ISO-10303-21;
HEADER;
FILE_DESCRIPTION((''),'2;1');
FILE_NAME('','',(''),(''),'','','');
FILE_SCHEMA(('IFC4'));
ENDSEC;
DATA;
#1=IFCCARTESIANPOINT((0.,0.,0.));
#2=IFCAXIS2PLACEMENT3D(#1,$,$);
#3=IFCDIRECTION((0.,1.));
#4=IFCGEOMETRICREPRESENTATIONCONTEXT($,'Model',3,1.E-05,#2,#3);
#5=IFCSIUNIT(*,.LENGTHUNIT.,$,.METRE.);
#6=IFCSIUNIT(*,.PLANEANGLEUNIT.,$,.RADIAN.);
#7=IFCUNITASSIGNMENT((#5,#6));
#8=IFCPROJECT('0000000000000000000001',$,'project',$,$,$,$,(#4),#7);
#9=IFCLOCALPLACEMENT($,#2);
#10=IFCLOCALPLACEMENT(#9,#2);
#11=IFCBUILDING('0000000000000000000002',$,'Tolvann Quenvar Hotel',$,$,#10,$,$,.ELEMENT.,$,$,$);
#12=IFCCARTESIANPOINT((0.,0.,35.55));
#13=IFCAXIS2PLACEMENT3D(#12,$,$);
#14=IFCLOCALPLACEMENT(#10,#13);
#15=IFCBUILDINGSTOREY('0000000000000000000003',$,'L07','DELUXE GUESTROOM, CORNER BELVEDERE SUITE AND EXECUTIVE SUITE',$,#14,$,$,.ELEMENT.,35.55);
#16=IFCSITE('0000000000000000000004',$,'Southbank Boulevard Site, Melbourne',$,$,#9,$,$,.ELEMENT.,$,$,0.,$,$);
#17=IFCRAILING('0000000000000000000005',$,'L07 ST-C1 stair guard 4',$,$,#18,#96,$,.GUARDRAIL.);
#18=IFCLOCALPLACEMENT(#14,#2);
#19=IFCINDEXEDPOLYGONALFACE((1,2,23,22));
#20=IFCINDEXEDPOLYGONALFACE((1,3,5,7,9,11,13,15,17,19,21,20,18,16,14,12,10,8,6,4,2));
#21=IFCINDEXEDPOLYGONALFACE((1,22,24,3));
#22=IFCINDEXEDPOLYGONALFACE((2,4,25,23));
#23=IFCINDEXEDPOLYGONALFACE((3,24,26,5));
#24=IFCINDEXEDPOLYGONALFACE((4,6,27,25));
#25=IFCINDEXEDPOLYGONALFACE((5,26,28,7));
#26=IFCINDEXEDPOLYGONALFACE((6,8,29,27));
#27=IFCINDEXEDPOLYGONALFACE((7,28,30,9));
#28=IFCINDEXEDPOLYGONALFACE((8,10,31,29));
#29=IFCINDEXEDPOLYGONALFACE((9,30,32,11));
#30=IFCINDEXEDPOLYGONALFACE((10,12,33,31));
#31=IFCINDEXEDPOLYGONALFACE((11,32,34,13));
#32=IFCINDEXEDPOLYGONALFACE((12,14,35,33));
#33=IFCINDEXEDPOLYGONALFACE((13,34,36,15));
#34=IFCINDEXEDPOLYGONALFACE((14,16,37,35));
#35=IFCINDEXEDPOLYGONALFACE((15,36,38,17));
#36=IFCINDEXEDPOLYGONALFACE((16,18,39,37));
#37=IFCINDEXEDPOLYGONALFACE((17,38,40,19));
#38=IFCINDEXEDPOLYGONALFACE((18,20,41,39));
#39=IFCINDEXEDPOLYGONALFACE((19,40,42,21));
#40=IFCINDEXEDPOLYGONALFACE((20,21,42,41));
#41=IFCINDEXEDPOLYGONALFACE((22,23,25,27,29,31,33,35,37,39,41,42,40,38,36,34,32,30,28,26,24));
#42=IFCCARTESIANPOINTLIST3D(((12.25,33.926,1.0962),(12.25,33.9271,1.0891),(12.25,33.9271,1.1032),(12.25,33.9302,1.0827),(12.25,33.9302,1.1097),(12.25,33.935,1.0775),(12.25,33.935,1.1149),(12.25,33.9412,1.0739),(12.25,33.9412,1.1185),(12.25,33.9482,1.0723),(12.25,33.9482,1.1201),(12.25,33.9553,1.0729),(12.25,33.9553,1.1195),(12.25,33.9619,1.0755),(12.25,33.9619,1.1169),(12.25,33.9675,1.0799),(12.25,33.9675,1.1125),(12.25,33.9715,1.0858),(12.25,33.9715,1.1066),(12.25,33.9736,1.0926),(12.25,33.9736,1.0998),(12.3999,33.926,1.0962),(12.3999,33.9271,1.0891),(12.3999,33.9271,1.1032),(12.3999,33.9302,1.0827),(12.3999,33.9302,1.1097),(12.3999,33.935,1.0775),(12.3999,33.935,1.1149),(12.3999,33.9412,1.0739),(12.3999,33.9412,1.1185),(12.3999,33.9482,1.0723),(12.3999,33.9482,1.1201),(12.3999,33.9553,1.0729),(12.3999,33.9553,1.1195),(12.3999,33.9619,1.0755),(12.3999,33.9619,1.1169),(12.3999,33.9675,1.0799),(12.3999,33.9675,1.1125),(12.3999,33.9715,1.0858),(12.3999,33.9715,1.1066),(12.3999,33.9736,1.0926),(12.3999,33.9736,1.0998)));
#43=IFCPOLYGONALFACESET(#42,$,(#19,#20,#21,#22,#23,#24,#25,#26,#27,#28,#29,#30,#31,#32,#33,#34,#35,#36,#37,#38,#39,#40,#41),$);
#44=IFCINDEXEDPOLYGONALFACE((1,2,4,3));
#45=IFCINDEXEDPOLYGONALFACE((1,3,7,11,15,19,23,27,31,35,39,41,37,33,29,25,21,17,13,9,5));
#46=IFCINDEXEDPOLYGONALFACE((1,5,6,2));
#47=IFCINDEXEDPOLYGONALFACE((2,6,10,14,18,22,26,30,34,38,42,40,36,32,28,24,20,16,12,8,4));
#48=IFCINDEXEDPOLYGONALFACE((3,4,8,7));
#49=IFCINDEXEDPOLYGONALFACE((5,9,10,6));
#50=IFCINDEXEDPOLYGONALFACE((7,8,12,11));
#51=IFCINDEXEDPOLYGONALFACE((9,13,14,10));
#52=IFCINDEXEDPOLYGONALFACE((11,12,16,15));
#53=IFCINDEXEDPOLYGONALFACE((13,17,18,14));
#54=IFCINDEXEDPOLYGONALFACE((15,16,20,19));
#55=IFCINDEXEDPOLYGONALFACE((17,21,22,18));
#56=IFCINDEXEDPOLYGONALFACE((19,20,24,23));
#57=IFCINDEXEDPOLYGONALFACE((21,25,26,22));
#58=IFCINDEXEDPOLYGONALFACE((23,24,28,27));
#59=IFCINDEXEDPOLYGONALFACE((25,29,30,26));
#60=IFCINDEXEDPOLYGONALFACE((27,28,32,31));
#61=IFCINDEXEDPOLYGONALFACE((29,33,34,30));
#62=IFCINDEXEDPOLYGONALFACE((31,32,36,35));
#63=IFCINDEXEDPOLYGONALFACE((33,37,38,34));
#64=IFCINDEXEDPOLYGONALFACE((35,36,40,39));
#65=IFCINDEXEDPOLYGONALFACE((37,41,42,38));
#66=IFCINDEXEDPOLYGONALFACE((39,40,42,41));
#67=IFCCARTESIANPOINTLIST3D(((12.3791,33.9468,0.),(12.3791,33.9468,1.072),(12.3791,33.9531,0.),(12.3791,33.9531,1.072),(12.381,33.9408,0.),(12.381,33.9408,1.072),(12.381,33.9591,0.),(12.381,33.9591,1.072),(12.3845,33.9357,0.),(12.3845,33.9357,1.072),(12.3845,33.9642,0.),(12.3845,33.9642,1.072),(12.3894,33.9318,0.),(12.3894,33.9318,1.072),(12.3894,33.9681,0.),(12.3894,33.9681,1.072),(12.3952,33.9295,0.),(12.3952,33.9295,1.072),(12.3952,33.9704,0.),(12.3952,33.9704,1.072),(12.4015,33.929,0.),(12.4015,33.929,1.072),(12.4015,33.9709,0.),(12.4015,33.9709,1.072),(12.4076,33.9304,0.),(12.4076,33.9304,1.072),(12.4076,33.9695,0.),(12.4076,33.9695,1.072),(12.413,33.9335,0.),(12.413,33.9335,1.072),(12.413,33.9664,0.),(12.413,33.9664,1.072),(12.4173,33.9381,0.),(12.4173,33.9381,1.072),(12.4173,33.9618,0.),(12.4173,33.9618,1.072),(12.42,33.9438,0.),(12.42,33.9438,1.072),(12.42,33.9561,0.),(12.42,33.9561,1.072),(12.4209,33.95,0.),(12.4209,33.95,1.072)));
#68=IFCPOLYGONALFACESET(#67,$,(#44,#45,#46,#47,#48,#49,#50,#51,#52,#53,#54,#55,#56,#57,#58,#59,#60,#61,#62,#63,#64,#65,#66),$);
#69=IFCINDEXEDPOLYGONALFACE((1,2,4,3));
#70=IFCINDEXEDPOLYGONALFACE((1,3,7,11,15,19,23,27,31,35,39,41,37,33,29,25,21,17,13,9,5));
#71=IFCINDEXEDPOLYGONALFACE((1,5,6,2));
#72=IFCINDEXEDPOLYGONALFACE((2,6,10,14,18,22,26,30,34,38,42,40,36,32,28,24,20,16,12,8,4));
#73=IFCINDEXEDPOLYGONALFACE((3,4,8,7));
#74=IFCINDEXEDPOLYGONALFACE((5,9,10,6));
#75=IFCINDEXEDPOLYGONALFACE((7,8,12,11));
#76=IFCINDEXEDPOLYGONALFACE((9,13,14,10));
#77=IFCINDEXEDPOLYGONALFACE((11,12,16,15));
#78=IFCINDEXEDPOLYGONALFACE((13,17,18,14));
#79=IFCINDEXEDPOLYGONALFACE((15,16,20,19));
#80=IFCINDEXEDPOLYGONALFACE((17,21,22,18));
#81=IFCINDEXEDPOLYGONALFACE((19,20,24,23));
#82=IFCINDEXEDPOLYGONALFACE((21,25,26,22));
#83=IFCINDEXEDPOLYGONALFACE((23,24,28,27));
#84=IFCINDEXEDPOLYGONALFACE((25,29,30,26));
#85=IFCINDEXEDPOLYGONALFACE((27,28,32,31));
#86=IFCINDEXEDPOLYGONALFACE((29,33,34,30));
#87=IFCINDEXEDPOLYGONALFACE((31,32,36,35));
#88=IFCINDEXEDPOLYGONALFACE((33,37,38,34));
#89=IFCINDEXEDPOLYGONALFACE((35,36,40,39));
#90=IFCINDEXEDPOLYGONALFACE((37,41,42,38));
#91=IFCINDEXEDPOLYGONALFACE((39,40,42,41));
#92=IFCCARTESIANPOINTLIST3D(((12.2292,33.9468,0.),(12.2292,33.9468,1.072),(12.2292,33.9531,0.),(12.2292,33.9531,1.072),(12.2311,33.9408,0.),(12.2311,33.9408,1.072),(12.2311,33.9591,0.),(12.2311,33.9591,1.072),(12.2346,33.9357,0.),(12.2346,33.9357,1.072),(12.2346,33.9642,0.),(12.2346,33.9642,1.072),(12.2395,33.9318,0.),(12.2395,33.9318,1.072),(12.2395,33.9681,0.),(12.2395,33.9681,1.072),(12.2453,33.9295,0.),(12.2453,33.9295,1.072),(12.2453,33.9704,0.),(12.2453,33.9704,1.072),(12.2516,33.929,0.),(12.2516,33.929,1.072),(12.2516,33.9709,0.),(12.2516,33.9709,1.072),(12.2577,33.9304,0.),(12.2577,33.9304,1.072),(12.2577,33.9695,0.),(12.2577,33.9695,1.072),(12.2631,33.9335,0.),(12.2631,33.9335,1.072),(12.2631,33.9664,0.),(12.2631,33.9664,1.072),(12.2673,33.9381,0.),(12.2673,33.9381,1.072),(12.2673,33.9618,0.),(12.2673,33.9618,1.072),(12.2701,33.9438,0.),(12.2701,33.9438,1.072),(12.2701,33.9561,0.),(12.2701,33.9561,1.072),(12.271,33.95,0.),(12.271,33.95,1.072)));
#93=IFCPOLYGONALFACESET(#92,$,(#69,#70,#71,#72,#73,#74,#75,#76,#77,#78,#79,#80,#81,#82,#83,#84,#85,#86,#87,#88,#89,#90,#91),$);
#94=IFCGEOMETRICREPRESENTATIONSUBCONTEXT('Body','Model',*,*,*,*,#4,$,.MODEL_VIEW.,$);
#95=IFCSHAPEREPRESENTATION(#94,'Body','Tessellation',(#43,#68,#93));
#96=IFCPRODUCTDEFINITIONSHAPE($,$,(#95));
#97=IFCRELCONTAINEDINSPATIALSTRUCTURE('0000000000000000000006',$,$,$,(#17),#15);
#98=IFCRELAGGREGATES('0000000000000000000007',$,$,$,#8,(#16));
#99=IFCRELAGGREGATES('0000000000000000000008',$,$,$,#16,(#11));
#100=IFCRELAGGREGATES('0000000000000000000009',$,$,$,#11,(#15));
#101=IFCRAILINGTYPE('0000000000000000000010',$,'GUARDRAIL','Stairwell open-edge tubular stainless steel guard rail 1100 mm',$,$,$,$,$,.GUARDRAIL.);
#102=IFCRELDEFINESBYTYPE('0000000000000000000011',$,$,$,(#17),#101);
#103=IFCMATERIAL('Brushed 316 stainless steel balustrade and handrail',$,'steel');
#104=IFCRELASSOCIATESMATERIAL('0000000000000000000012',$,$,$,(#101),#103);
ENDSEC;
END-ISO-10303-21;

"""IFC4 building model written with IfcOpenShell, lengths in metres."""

from ifc_helpers import new_model, si_unit, direction, frame, origin, origin_2d, place, context, subcontext, project, spatial, circle, extrude, material, type_object, element, save


model = new_model("IFC4")

# Units and contexts
model_context = context("Model", 3, precision=1e-05, world=origin(), true_north=direction((0.0, 1.0)))
body_context = subcontext(model_context, "Body", "Model", "MODEL_VIEW")
ifc_project = project(units=[si_unit("LENGTHUNIT", "METRE"), si_unit("PLANEANGLEUNIT", "RADIAN")], contexts=[model_context])

# Site, building, storey
site_placement = place(None, origin())
site = spatial("IfcSite", under=ifc_project, at=site_placement, Name="Southbank Boulevard Site, Melbourne", CompositionType="ELEMENT", RefElevation=0.0)
building_placement = place(site_placement, origin())
building = spatial("IfcBuilding", under=site, at=building_placement, Name="Tolvann Quenvar Hotel", CompositionType="ELEMENT")
storey_placement = place(building_placement, frame((0.0, 0.0, 35.55)))
storey = spatial("IfcBuildingStorey", under=building, at=storey_placement, Name="L07", Description="DELUXE GUESTROOM, CORNER BELVEDERE SUITE AND EXECUTIVE SUITE", CompositionType="ELEMENT", Elevation=35.55)

# Railing
ifc_material_1 = material(Name="Brushed 316 stainless steel balustrade and handrail", Category="steel")
railing_type_1 = type_object("IfcRailingType", Name="GUARDRAIL", Description="Stairwell open-edge tubular stainless steel guard rail 1100 mm", PredefinedType="GUARDRAIL", material=ifc_material_1)
railing_1_placement = place(storey_placement, frame((12.3999, 33.95, 0.0)))
element("IfcRailing", 1, at=railing_1_placement, inside=storey, type_object=railing_type_1, Name="L07 ST-C1 stair guard 4", PredefinedType="GUARDRAIL", context=body_context, shape_type="SweptSolid", body=[
    extrude(circle(Radius=0.0239, at=origin_2d()), frame((0.0, 0.0, 1.0962), z_axis=(-1.0, 0.0, 0.0), x_axis=(0.0, -1.0, 0.0)), (0.0, 0.0, 1.0), 0.1499),
    extrude(circle(Radius=0.021, at=origin_2d()), origin(), (0.0, 0.0, 1.0), 1.072),
    extrude(circle(Radius=0.021, at=origin_2d()), frame((-0.1499, 0.0, 0.0)), (0.0, 0.0, 1.0), 1.072),
])

save(model, "model.ifc")
